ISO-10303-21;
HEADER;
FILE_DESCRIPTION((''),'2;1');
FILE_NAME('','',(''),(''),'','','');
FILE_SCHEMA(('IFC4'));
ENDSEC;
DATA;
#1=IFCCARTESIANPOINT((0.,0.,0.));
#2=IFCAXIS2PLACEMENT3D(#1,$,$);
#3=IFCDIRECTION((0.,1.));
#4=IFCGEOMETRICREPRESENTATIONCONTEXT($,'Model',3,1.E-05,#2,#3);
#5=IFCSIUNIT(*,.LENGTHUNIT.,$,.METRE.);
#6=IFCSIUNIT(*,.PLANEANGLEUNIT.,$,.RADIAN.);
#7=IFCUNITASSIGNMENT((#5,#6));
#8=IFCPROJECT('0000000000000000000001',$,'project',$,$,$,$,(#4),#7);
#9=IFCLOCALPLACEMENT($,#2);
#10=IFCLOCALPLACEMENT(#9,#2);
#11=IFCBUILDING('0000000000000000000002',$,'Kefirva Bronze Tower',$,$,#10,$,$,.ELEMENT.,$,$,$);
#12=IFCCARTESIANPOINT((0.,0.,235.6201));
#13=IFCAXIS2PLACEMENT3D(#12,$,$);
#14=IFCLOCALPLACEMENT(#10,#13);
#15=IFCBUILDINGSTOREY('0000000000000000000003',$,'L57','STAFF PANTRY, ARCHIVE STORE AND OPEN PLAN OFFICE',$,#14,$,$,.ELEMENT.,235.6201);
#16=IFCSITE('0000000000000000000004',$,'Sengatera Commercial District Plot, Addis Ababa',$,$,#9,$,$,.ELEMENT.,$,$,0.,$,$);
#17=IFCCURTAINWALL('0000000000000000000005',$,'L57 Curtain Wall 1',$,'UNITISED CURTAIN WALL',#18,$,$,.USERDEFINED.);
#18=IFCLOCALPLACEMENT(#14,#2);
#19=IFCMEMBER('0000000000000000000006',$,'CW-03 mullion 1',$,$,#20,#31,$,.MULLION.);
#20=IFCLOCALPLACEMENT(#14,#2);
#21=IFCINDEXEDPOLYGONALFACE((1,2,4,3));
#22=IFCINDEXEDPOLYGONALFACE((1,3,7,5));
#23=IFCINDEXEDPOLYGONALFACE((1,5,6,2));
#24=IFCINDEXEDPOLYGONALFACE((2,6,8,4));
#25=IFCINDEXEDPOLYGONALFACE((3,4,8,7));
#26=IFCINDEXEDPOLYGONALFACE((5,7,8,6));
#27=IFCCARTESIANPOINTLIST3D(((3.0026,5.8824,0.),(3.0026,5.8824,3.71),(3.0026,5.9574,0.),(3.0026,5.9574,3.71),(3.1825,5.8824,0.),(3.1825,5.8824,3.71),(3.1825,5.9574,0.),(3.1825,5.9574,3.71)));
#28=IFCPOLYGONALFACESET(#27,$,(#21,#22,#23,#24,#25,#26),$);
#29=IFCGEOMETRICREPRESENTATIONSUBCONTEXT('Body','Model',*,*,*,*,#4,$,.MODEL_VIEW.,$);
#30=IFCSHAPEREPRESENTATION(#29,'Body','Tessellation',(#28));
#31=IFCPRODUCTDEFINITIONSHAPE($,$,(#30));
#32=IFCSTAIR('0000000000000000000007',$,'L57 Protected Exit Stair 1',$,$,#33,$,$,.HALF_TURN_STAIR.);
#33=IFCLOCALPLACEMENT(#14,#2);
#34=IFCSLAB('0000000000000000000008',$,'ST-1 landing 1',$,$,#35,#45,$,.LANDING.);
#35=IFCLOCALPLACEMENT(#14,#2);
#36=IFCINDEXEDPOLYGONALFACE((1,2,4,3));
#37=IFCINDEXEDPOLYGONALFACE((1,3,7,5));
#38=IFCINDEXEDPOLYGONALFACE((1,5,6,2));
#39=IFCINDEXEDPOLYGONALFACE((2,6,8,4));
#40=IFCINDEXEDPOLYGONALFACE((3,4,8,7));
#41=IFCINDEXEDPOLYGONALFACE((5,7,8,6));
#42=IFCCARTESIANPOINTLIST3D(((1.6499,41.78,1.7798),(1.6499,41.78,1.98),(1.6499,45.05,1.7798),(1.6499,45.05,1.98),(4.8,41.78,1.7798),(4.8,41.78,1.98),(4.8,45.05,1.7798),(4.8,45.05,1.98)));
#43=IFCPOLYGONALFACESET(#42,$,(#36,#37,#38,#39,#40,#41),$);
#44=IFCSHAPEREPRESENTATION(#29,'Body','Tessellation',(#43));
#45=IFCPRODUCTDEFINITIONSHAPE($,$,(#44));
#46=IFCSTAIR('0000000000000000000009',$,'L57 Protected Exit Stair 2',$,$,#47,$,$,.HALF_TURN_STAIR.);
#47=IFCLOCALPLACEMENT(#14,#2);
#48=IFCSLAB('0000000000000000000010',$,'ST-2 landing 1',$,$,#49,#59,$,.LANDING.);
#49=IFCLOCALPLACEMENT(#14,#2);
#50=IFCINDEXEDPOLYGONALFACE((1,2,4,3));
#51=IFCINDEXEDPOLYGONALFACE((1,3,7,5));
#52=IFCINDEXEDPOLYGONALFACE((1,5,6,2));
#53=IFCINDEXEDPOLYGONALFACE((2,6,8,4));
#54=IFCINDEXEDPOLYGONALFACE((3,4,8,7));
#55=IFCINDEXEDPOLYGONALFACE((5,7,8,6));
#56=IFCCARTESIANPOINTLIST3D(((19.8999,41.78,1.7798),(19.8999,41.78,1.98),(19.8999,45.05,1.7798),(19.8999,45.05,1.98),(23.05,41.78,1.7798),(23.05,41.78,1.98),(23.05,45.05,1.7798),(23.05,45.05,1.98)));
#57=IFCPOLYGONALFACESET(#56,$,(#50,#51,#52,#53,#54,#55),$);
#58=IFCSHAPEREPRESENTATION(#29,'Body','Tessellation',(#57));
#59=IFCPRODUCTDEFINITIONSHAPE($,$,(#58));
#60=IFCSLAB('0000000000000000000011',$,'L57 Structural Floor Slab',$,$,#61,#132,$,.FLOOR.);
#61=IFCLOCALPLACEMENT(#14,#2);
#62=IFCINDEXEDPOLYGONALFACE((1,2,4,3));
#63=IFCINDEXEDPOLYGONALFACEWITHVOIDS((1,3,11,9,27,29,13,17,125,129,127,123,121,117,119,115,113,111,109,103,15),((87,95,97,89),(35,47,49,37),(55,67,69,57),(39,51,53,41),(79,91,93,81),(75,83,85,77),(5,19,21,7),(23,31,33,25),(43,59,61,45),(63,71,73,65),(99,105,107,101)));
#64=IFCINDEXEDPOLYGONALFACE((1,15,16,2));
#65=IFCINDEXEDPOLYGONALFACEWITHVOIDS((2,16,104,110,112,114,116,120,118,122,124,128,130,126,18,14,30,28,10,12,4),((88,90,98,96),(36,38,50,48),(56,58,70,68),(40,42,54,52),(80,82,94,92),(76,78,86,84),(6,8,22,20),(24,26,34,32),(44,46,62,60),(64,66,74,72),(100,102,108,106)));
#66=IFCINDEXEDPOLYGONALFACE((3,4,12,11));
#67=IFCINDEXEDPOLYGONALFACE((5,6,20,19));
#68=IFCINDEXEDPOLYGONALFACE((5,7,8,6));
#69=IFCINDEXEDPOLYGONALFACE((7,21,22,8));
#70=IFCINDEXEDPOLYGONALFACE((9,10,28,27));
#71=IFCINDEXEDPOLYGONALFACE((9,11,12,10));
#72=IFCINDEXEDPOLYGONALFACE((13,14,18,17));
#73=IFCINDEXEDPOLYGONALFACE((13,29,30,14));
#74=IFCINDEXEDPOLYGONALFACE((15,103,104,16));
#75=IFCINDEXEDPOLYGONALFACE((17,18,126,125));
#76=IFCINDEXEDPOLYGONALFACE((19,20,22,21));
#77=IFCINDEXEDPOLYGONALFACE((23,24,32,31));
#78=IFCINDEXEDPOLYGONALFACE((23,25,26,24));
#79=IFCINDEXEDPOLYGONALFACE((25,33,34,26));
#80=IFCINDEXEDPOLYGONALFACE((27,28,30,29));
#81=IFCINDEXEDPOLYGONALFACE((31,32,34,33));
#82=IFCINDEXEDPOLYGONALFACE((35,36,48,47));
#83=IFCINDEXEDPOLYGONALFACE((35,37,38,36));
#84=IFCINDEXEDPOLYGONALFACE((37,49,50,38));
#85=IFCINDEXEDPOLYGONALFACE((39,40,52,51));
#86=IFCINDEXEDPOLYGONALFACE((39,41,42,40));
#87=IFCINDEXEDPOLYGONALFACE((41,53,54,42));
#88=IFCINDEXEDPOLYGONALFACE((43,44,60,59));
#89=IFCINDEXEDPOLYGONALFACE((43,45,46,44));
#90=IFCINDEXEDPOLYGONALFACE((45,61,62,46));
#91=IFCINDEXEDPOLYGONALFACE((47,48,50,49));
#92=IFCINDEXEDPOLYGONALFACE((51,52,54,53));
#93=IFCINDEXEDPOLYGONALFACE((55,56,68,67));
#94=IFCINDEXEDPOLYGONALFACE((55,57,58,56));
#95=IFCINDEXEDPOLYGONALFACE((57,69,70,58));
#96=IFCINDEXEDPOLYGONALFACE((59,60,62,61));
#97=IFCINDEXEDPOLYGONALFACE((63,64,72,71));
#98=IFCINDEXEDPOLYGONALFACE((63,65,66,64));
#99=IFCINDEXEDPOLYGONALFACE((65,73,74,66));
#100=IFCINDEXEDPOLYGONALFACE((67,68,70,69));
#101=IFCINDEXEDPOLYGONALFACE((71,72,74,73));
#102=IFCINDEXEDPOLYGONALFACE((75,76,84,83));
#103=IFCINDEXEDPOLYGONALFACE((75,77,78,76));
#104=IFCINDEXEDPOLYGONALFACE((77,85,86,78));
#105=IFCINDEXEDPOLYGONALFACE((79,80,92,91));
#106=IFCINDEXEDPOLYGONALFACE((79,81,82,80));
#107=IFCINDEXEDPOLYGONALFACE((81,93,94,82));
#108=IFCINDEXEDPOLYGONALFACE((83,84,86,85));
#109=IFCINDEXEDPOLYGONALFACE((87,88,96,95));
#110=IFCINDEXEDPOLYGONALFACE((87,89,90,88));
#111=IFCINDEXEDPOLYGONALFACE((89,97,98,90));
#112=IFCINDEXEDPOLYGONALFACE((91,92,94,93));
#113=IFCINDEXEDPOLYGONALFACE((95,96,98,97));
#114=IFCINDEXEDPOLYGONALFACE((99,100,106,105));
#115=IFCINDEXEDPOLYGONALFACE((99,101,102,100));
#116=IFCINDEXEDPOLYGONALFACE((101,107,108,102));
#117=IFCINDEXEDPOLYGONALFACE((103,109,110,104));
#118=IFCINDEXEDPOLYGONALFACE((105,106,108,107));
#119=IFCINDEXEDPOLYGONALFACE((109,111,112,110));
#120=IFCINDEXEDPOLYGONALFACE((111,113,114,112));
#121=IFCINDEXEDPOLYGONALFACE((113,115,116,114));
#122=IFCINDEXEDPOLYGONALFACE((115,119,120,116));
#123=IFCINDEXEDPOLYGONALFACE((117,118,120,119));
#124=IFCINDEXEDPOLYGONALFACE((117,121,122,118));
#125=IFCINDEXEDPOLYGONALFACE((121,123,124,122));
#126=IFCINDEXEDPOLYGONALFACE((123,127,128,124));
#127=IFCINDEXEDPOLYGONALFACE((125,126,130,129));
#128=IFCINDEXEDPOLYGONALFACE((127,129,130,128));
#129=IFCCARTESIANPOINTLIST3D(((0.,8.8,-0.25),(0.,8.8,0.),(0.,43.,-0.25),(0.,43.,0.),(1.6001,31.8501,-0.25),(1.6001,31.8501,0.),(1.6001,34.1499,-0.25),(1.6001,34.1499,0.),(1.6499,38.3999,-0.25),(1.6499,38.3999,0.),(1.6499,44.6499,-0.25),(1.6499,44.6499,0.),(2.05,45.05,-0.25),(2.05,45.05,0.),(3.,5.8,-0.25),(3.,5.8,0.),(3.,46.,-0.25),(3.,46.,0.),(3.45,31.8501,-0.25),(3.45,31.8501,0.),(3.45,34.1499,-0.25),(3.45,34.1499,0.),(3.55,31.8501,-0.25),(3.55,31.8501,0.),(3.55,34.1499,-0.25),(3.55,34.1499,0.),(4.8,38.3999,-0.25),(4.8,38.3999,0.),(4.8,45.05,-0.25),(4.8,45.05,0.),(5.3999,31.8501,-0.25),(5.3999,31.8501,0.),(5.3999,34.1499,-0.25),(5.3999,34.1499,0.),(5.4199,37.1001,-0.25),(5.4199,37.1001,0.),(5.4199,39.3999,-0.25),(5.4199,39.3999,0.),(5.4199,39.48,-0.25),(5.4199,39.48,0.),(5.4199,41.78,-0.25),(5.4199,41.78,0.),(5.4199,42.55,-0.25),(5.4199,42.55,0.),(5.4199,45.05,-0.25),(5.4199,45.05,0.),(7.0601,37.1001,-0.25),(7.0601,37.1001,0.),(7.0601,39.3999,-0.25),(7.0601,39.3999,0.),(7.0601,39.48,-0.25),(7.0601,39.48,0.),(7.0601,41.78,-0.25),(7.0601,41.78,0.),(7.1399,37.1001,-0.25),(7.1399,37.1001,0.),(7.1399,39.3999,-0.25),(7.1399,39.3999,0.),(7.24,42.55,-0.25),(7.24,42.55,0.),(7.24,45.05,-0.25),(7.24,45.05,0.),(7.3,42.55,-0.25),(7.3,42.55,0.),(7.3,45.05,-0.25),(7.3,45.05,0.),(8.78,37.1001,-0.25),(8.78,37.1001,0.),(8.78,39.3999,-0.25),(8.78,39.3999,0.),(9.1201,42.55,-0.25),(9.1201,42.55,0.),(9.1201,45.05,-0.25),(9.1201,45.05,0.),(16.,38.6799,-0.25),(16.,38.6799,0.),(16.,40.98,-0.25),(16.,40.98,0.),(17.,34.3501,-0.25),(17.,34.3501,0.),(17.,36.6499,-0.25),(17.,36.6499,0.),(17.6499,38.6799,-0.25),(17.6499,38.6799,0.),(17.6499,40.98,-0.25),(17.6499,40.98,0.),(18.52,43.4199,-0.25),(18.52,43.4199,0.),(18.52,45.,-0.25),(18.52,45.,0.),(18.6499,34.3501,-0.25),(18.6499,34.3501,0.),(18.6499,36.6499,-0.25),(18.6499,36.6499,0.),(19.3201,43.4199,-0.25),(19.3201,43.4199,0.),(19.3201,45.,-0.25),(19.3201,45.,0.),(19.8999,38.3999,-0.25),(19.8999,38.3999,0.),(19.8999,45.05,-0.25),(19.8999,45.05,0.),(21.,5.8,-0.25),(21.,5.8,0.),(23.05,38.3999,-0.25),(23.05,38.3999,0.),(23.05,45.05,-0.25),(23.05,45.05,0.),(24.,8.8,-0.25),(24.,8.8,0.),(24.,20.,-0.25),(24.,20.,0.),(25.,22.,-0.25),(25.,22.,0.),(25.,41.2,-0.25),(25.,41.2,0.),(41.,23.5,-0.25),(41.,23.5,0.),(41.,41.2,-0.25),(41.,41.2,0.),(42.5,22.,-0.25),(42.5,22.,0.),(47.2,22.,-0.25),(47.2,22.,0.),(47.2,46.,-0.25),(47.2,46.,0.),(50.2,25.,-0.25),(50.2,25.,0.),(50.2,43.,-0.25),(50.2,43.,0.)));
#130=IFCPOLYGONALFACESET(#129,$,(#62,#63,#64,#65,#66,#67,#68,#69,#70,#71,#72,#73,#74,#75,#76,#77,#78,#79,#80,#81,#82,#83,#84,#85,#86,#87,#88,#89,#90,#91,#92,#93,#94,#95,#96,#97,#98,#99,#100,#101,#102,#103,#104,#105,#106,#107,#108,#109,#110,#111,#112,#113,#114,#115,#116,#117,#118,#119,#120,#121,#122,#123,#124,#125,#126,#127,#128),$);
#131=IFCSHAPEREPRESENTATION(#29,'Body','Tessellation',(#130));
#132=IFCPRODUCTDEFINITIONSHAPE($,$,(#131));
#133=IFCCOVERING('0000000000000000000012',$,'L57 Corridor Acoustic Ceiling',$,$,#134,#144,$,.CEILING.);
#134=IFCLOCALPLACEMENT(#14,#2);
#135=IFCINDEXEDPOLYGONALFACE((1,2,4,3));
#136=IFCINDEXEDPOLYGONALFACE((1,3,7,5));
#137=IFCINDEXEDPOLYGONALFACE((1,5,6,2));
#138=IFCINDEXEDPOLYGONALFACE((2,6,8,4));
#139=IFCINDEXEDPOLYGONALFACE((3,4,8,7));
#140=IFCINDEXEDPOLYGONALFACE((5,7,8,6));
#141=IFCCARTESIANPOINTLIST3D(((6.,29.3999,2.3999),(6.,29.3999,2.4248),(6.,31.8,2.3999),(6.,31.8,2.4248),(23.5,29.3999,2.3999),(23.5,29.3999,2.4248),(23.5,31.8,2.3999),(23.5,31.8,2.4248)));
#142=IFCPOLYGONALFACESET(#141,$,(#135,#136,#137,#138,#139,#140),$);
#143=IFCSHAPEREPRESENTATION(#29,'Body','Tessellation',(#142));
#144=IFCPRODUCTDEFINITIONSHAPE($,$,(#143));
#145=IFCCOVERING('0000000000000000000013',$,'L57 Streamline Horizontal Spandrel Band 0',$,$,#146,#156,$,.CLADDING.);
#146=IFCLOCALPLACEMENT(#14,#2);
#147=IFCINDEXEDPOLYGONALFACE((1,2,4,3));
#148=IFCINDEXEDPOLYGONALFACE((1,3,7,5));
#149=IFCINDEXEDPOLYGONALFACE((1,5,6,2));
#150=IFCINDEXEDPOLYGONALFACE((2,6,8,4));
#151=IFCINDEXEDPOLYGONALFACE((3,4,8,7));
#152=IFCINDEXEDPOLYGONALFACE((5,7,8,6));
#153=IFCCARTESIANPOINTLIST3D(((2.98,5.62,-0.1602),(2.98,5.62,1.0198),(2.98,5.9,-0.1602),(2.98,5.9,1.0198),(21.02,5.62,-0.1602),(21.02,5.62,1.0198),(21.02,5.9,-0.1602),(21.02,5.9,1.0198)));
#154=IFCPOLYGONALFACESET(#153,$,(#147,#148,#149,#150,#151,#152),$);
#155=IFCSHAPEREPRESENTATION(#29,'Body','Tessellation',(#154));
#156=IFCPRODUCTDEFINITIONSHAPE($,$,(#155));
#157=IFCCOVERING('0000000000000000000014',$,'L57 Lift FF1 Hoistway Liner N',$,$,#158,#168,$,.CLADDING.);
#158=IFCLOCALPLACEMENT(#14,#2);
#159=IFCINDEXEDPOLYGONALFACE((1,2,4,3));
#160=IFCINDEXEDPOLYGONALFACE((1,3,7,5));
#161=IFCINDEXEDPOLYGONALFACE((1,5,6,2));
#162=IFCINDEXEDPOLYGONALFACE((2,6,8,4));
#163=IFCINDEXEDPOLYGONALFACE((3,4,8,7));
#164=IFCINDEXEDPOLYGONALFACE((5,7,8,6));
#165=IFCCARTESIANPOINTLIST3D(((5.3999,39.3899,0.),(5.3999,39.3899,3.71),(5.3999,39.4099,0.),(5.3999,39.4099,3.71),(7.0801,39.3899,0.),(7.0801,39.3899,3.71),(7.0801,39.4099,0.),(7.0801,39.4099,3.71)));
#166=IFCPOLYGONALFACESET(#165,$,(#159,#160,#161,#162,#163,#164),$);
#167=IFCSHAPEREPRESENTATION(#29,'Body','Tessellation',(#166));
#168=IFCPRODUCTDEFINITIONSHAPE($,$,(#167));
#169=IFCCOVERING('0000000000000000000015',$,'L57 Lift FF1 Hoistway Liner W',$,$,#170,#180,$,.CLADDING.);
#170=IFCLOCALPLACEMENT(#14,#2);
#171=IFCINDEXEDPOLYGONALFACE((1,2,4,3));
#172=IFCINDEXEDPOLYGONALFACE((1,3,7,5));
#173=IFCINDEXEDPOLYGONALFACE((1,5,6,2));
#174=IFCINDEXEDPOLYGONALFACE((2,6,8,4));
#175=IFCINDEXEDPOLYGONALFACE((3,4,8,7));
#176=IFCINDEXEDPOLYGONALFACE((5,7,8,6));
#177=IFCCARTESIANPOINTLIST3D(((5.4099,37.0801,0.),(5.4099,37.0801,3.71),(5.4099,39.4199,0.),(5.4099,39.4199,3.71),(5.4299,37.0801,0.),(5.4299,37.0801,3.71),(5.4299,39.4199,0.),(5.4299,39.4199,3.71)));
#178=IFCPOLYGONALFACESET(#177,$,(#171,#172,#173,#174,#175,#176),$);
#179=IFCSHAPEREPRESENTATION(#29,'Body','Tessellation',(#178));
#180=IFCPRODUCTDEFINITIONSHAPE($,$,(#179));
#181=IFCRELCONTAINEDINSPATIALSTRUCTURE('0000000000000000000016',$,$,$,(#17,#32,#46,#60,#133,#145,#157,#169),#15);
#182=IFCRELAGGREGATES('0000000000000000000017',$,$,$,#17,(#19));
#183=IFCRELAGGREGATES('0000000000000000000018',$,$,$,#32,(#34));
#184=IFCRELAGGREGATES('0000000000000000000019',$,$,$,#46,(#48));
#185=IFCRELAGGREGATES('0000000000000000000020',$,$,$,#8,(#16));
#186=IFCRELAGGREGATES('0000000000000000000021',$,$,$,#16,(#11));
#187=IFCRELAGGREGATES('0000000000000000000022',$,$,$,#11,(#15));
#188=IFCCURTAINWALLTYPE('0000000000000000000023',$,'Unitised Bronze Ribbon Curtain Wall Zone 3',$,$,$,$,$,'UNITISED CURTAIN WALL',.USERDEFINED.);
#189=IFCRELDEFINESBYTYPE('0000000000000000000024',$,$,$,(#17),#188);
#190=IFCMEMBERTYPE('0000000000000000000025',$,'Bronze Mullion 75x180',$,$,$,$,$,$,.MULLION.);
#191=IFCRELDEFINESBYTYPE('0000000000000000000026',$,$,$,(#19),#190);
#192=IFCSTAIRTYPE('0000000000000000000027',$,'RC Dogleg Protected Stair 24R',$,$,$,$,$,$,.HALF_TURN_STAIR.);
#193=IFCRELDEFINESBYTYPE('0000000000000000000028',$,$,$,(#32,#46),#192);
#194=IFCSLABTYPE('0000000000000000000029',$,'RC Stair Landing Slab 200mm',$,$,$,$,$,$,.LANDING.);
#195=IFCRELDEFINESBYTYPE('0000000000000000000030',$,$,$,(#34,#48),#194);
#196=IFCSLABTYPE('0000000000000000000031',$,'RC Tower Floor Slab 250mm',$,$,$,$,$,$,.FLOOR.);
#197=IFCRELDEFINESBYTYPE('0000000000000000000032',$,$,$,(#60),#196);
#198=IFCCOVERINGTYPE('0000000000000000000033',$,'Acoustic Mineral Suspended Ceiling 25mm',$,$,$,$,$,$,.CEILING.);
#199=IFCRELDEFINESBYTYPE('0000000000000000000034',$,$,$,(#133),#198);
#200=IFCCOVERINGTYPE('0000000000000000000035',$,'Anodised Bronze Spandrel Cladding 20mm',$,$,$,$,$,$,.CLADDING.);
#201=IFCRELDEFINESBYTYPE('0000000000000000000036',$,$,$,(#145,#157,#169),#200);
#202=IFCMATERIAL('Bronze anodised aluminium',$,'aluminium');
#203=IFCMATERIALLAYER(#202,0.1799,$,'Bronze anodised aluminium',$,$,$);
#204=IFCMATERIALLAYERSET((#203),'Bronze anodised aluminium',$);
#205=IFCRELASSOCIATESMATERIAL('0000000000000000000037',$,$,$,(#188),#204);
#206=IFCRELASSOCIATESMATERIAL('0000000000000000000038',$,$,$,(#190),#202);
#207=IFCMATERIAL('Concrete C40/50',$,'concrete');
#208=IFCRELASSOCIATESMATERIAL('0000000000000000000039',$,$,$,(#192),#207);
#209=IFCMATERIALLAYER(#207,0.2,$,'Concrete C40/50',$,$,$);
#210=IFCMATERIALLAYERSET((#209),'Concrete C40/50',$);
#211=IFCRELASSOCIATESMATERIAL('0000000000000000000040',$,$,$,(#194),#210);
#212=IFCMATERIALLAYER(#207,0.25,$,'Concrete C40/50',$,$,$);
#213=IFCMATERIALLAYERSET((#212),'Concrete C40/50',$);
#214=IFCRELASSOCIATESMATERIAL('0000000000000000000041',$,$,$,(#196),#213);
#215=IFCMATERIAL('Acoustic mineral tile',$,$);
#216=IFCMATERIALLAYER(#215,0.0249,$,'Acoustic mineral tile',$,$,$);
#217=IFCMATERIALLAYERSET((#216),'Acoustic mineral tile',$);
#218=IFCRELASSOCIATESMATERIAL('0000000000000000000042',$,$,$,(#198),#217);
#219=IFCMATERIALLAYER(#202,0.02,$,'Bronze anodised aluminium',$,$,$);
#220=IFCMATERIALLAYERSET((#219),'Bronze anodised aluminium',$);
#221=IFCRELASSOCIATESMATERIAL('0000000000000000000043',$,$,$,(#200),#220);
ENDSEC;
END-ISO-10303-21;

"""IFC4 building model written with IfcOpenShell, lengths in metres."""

from ifc_helpers import new_model, si_unit, direction, frame, origin, origin_2d, place, context, subcontext, project, spatial, polyline, rectangle, outline, extrude, material, layer, layer_set, material_profile, profile_set, type_object, element, aggregate, save


model = new_model("IFC4")

# Units and contexts
model_context = context("Model", 3, precision=1e-05, world=origin(), true_north=direction((0.0, 1.0)))
body_context = subcontext(model_context, "Body", "Model", "MODEL_VIEW")
ifc_project = project(units=[si_unit("LENGTHUNIT", "METRE"), si_unit("PLANEANGLEUNIT", "RADIAN")], contexts=[model_context])

# Site, building, storey
site_placement = place(None, origin())
site = spatial("IfcSite", under=ifc_project, at=site_placement, Name="Sengatera Commercial District Plot, Addis Ababa", CompositionType="ELEMENT", RefElevation=0.0)
building_placement = place(site_placement, origin())
building = spatial("IfcBuilding", under=site, at=building_placement, Name="Kefirva Bronze Tower", CompositionType="ELEMENT")
storey_placement = place(building_placement, frame((0.0, 0.0, 235.6201)))
storey = spatial("IfcBuildingStorey", under=building, at=storey_placement, Name="L57", Description="STAFF PANTRY, ARCHIVE STORE AND OPEN PLAN OFFICE", CompositionType="ELEMENT", Elevation=235.6201)

# Curtain wall, member
ifc_material_1 = material(Name="Bronze anodised aluminium", Category="aluminium")
ifc_layer_1 = layer(ifc_material_1, 0.1799, Name="Bronze anodised aluminium")
ifc_layer_set_1 = layer_set([ifc_layer_1], Name="Bronze anodised aluminium")
curtain_wall_type = type_object("IfcCurtainWallType", Name="Unitised Bronze Ribbon Curtain Wall Zone 3", ElementType="UNITISED CURTAIN WALL", PredefinedType="USERDEFINED", material=ifc_layer_set_1)
curtain_wall_placement = place(storey_placement, origin())
curtain_wall = element("IfcCurtainWall", 1, at=curtain_wall_placement, inside=storey, type_object=curtain_wall_type, Name="L57 Curtain Wall 1", ObjectType="UNITISED CURTAIN WALL", PredefinedType="USERDEFINED")
ifc_material_profile = material_profile(ifc_material_1, rectangle(XDim=0.075, YDim=0.1799, at=origin_2d()), Name="ALU 75x180")
ifc_profile_set = profile_set([ifc_material_profile], Name="Bronze anodised aluminium")
member_type = type_object("IfcMemberType", Name="Bronze Mullion 75x180", PredefinedType="MULLION", material=ifc_profile_set)
member_placement = place(storey_placement, frame((3.0925, 5.9199, 0.0), z_axis=(0.0, 0.0, 1.0), x_axis=(0.0, 1.0, 0.0)))
member = element("IfcMember", 2, at=member_placement, type_object=member_type, Name="CW-03 mullion 1", PredefinedType="MULLION", context=body_context, shape_type="SweptSolid", body=[
    extrude(rectangle(XDim=0.075, YDim=0.1799, at=origin_2d()), origin(), (0.0, 0.0, 1.0), 3.71),
])
aggregate(curtain_wall, [member])

# Stairs, slabs
ifc_material_2 = material(Name="Concrete C40/50", Category="concrete")
stair_type = type_object("IfcStairType", Name="RC Dogleg Protected Stair 24R", PredefinedType="HALF_TURN_STAIR", material=ifc_material_2)
stair_1_placement = place(storey_placement, origin())
stair_1 = element("IfcStair", 3, at=stair_1_placement, inside=storey, type_object=stair_type, Name="L57 Protected Exit Stair 1", PredefinedType="HALF_TURN_STAIR")
ifc_layer_2 = layer(ifc_material_2, 0.2, Name="Concrete C40/50")
ifc_layer_set_2 = layer_set([ifc_layer_2], Name="Concrete C40/50")
slab_type_1 = type_object("IfcSlabType", Name="RC Stair Landing Slab 200mm", PredefinedType="LANDING", material=ifc_layer_set_2)
slab_1_placement = place(storey_placement, frame((0.0, 0.0, 1.7798)))
slab_1 = element("IfcSlab", 4, at=slab_1_placement, type_object=slab_type_1, Name="ST-1 landing 1", PredefinedType="LANDING", context=body_context, shape_type="SweptSolid", body=[
    extrude(outline(polyline([(4.8, 41.78), (4.8, 45.05), (1.6499, 45.05), (1.6499, 41.78), (4.8, 41.78)])), origin(), (0.0, 0.0, 1.0), 0.2002),
])
aggregate(stair_1, [slab_1])
stair_2_placement = place(storey_placement, origin())
stair_2 = element("IfcStair", 5, at=stair_2_placement, inside=storey, type_object=stair_type, Name="L57 Protected Exit Stair 2", PredefinedType="HALF_TURN_STAIR")
slab_2_placement = place(storey_placement, frame((0.0, 0.0, 1.7798)))
slab_2 = element("IfcSlab", 6, at=slab_2_placement, type_object=slab_type_1, Name="ST-2 landing 1", PredefinedType="LANDING", context=body_context, shape_type="SweptSolid", body=[
    extrude(outline(polyline([(23.05, 41.78), (23.05, 45.05), (19.8999, 45.05), (19.8999, 41.78), (23.05, 41.78)])), origin(), (0.0, 0.0, 1.0), 0.2002),
])
aggregate(stair_2, [slab_2])

# Slab
ifc_layer_3 = layer(ifc_material_2, 0.25, Name="Concrete C40/50")
ifc_layer_set_3 = layer_set([ifc_layer_3], Name="Concrete C40/50")
slab_type_2 = type_object("IfcSlabType", Name="RC Tower Floor Slab 250mm", PredefinedType="FLOOR", material=ifc_layer_set_3)
slab_3_placement = place(storey_placement, frame((0.0, 0.0, -0.25)))
element("IfcSlab", 7, at=slab_3_placement, inside=storey, type_object=slab_type_2, Name="L57 Structural Floor Slab", PredefinedType="FLOOR", context=body_context, shape_type="SweptSolid", body=[
    extrude(outline(polyline([(0.0, 8.8), (0.0, 43.0), (1.6499, 44.6499), (1.6499, 38.3999), (4.8, 38.3999), (4.8, 45.05), (2.05, 45.05), (3.0, 46.0), (47.2, 46.0), (50.2, 43.0), (50.2, 25.0), (47.2, 22.0), (42.5, 22.0), (41.0, 23.5), (41.0, 41.2), (25.0, 41.2), (25.0, 22.0), (24.0, 20.0), (24.0, 8.8), (21.0, 5.8), (3.0, 5.8), (0.0, 8.8)]), holes=[polyline([(23.05, 45.05), (19.8999, 45.05), (19.8999, 38.3999), (23.05, 38.3999), (23.05, 45.05)]), polyline([(19.3201, 43.4199), (19.3201, 45.0), (18.52, 45.0), (18.52, 43.4199), (19.3201, 43.4199)]), polyline([(18.6499, 36.6499), (17.0, 36.6499), (17.0, 34.3501), (18.6499, 34.3501), (18.6499, 36.6499)]), polyline([(17.6499, 38.6799), (17.6499, 40.98), (16.0, 40.98), (16.0, 38.6799), (17.6499, 38.6799)]), polyline([(9.1201, 42.55), (9.1201, 45.05), (7.3, 45.05), (7.3, 42.55), (9.1201, 42.55)]), polyline([(8.78, 37.1001), (8.78, 39.3999), (7.1399, 39.3999), (7.1399, 37.1001), (8.78, 37.1001)]), polyline([(7.24, 42.55), (7.24, 45.05), (5.4199, 45.05), (5.4199, 42.55), (7.24, 42.55)]), polyline([(7.0601, 37.1001), (7.0601, 39.3999), (5.4199, 39.3999), (5.4199, 37.1001), (7.0601, 37.1001)]), polyline([(7.0601, 41.78), (5.4199, 41.78), (5.4199, 39.48), (7.0601, 39.48), (7.0601, 41.78)]), polyline([(5.3999, 31.8501), (5.3999, 34.1499), (3.55, 34.1499), (3.55, 31.8501), (5.3999, 31.8501)]), polyline([(3.45, 34.1499), (1.6001, 34.1499), (1.6001, 31.8501), (3.45, 31.8501), (3.45, 34.1499)])]), origin(), (0.0, 0.0, 1.0), 0.25),
])

# Coverings
ifc_material_3 = material(Name="Acoustic mineral tile")
ifc_layer_4 = layer(ifc_material_3, 0.0249, Name="Acoustic mineral tile")
ifc_layer_set_4 = layer_set([ifc_layer_4], Name="Acoustic mineral tile")
covering_type_1 = type_object("IfcCoveringType", Name="Acoustic Mineral Suspended Ceiling 25mm", PredefinedType="CEILING", material=ifc_layer_set_4)
covering_1_placement = place(storey_placement, frame((0.0, 0.0, 2.3999)))
element("IfcCovering", 8, at=covering_1_placement, inside=storey, type_object=covering_type_1, Name="L57 Corridor Acoustic Ceiling", PredefinedType="CEILING", context=body_context, shape_type="SweptSolid", body=[
    extrude(outline(polyline([(6.0, 29.3999), (23.5, 29.3999), (23.5, 31.8), (6.0, 31.8), (6.0, 29.3999)])), origin(), (0.0, 0.0, 1.0), 0.0249),
])
ifc_layer_5 = layer(ifc_material_1, 0.02, Name="Bronze anodised aluminium")
ifc_layer_set_5 = layer_set([ifc_layer_5], Name="Bronze anodised aluminium")
covering_type_2 = type_object("IfcCoveringType", Name="Anodised Bronze Spandrel Cladding 20mm", PredefinedType="CLADDING", material=ifc_layer_set_5)
covering_2_placement = place(storey_placement, frame((12.0, 5.76, -0.1602), z_axis=(0.0, 0.0, 1.0), x_axis=(1.0, 0.0, 0.0)))
element("IfcCovering", 9, at=covering_2_placement, inside=storey, type_object=covering_type_2, Name="L57 Streamline Horizontal Spandrel Band 0", PredefinedType="CLADDING", context=body_context, shape_type="SweptSolid", body=[
    extrude(rectangle(XDim=18.04, YDim=0.28, at=origin_2d()), origin(), (0.0, 0.0, 1.0), 1.1799),
])
covering_3_placement = place(storey_placement, origin())
element("IfcCovering", 10, at=covering_3_placement, inside=storey, type_object=covering_type_2, Name="L57 Lift FF1 Hoistway Liner N", PredefinedType="CLADDING", context=body_context, shape_type="SweptSolid", body=[
    extrude(outline(polyline([(5.3999, 39.3899), (7.0801, 39.3899), (7.0801, 39.4099), (5.3999, 39.4099), (5.3999, 39.3899)])), origin(), (0.0, 0.0, 1.0), 3.71),
])
covering_4_placement = place(storey_placement, origin())
element("IfcCovering", 11, at=covering_4_placement, inside=storey, type_object=covering_type_2, Name="L57 Lift FF1 Hoistway Liner W", PredefinedType="CLADDING", context=body_context, shape_type="SweptSolid", body=[
    extrude(outline(polyline([(5.4099, 37.0801), (5.4299, 37.0801), (5.4299, 39.4199), (5.4099, 39.4199), (5.4099, 37.0801)])), origin(), (0.0, 0.0, 1.0), 3.71),
])

save(model, "model.ifc")
